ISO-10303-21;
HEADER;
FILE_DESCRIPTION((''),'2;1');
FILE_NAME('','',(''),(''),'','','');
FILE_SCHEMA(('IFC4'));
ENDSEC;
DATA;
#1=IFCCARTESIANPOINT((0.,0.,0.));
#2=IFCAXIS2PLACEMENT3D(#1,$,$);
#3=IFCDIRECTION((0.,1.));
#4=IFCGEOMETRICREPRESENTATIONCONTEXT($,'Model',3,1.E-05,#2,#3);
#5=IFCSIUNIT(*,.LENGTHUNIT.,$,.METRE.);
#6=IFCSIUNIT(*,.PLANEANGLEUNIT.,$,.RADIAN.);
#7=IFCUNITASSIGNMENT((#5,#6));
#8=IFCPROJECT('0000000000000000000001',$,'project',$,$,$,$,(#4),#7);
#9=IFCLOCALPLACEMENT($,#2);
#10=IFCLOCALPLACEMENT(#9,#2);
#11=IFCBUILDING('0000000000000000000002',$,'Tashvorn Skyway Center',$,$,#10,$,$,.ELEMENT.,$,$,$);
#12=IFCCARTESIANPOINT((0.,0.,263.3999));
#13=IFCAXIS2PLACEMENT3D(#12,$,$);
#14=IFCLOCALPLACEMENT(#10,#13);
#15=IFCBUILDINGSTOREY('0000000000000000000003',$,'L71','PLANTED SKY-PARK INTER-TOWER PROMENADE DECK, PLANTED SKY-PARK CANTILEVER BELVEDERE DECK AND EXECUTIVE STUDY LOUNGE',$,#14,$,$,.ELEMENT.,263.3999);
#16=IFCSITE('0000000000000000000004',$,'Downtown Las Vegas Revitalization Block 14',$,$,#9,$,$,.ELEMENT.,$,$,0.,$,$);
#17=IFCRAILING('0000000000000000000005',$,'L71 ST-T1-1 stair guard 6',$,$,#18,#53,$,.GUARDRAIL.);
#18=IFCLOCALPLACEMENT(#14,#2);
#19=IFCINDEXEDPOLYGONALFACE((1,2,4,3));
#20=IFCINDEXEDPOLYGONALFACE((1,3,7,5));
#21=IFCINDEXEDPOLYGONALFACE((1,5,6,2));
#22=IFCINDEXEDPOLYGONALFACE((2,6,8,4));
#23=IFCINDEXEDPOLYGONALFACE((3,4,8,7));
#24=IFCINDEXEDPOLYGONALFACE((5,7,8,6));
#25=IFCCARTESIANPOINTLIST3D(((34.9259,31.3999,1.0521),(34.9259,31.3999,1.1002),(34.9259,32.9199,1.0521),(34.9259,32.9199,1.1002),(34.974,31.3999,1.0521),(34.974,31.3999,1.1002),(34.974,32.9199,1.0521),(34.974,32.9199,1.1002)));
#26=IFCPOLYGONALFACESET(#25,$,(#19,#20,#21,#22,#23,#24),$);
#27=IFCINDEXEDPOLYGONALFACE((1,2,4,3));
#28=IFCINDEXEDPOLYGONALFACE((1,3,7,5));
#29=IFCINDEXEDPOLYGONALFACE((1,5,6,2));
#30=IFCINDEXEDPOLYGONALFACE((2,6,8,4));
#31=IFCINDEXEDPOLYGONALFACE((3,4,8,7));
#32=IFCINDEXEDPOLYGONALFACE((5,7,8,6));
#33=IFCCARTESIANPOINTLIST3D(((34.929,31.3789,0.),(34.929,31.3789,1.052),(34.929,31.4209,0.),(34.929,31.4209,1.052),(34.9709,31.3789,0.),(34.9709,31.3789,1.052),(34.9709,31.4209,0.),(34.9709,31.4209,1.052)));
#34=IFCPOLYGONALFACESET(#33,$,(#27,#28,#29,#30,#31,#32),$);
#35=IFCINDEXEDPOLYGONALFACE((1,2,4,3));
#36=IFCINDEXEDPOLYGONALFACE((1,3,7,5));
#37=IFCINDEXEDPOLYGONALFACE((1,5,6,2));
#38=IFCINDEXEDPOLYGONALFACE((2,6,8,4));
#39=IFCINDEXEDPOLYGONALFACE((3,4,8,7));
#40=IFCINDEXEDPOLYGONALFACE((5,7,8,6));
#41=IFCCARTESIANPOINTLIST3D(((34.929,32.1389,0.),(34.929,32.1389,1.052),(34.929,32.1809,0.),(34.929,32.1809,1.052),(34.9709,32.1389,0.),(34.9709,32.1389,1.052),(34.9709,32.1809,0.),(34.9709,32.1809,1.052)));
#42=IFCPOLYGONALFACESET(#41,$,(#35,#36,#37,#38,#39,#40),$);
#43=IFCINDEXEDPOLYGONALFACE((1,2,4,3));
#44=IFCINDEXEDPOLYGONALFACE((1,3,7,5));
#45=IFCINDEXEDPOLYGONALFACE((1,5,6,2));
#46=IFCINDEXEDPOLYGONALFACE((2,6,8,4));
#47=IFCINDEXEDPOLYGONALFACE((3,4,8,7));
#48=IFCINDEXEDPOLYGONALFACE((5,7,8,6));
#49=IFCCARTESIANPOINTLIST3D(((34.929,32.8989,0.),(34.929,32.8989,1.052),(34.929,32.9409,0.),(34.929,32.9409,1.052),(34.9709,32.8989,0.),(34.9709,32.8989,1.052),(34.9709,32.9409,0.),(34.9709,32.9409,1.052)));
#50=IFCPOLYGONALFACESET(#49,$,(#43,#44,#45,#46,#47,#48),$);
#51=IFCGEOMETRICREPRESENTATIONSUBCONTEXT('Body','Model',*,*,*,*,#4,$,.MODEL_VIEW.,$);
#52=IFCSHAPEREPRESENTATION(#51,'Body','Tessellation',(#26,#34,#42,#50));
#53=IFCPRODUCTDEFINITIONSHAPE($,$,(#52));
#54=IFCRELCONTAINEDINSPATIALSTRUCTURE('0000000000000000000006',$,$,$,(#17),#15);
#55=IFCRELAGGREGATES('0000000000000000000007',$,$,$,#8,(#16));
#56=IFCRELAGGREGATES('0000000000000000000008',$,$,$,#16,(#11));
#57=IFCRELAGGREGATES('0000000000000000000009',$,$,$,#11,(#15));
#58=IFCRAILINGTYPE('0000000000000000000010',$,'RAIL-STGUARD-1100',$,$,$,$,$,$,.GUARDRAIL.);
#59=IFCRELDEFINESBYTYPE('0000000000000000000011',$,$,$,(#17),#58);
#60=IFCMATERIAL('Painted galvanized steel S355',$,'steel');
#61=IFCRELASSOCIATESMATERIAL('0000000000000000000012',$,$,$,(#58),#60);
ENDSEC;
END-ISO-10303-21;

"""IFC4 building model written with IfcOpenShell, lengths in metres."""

from ifc_helpers import new_model, si_unit, direction, frame, origin, origin_2d, place, context, subcontext, project, spatial, rectangle, extrude, material, type_object, element, save


model = new_model("IFC4")

# Units and contexts
model_context = context("Model", 3, precision=1e-05, world=origin(), true_north=direction((0.0, 1.0)))
body_context = subcontext(model_context, "Body", "Model", "MODEL_VIEW")
ifc_project = project(units=[si_unit("LENGTHUNIT", "METRE"), si_unit("PLANEANGLEUNIT", "RADIAN")], contexts=[model_context])

# Site, building, storey
site_placement = place(None, origin())
site = spatial("IfcSite", under=ifc_project, at=site_placement, Name="Downtown Las Vegas Revitalization Block 14", CompositionType="ELEMENT", RefElevation=0.0)
building_placement = place(site_placement, origin())
building = spatial("IfcBuilding", under=site, at=building_placement, Name="Tashvorn Skyway Center", CompositionType="ELEMENT")
storey_placement = place(building_placement, frame((0.0, 0.0, 263.3999)))
storey = spatial("IfcBuildingStorey", under=building, at=storey_placement, Name="L71", Description="PLANTED SKY-PARK INTER-TOWER PROMENADE DECK, PLANTED SKY-PARK CANTILEVER BELVEDERE DECK AND EXECUTIVE STUDY LOUNGE", CompositionType="ELEMENT", Elevation=263.3999)

# Railing
ifc_material_1 = material(Name="Painted galvanized steel S355", Category="steel")
railing_type = type_object("IfcRailingType", Name="RAIL-STGUARD-1100", PredefinedType="GUARDRAIL", material=ifc_material_1)
railing_placement = place(storey_placement, frame((34.95, 31.3999, 0.0)))
element("IfcRailing", 1, at=railing_placement, inside=storey, type_object=railing_type, Name="L71 ST-T1-1 stair guard 6", PredefinedType="GUARDRAIL", context=body_context, shape_type="SweptSolid", body=[
    extrude(rectangle(XDim=0.0481, YDim=0.0481, at=origin_2d()), frame((0.0, 0.0, 1.0762), z_axis=(0.0, 1.0, 0.0), x_axis=(-1.0, 0.0, 0.0)), (0.0, 0.0, 1.0), 1.52),
    extrude(rectangle(XDim=0.042, YDim=0.042, at=origin_2d()), origin(), (0.0, 0.0, 1.0), 1.052),
    extrude(rectangle(XDim=0.042, YDim=0.042, at=origin_2d()), frame((0.0, 0.76, 0.0)), (0.0, 0.0, 1.0), 1.052),
    extrude(rectangle(XDim=0.042, YDim=0.042, at=origin_2d()), frame((0.0, 1.52, 0.0)), (0.0, 0.0, 1.0), 1.052),
])

save(model, "model.ifc")
